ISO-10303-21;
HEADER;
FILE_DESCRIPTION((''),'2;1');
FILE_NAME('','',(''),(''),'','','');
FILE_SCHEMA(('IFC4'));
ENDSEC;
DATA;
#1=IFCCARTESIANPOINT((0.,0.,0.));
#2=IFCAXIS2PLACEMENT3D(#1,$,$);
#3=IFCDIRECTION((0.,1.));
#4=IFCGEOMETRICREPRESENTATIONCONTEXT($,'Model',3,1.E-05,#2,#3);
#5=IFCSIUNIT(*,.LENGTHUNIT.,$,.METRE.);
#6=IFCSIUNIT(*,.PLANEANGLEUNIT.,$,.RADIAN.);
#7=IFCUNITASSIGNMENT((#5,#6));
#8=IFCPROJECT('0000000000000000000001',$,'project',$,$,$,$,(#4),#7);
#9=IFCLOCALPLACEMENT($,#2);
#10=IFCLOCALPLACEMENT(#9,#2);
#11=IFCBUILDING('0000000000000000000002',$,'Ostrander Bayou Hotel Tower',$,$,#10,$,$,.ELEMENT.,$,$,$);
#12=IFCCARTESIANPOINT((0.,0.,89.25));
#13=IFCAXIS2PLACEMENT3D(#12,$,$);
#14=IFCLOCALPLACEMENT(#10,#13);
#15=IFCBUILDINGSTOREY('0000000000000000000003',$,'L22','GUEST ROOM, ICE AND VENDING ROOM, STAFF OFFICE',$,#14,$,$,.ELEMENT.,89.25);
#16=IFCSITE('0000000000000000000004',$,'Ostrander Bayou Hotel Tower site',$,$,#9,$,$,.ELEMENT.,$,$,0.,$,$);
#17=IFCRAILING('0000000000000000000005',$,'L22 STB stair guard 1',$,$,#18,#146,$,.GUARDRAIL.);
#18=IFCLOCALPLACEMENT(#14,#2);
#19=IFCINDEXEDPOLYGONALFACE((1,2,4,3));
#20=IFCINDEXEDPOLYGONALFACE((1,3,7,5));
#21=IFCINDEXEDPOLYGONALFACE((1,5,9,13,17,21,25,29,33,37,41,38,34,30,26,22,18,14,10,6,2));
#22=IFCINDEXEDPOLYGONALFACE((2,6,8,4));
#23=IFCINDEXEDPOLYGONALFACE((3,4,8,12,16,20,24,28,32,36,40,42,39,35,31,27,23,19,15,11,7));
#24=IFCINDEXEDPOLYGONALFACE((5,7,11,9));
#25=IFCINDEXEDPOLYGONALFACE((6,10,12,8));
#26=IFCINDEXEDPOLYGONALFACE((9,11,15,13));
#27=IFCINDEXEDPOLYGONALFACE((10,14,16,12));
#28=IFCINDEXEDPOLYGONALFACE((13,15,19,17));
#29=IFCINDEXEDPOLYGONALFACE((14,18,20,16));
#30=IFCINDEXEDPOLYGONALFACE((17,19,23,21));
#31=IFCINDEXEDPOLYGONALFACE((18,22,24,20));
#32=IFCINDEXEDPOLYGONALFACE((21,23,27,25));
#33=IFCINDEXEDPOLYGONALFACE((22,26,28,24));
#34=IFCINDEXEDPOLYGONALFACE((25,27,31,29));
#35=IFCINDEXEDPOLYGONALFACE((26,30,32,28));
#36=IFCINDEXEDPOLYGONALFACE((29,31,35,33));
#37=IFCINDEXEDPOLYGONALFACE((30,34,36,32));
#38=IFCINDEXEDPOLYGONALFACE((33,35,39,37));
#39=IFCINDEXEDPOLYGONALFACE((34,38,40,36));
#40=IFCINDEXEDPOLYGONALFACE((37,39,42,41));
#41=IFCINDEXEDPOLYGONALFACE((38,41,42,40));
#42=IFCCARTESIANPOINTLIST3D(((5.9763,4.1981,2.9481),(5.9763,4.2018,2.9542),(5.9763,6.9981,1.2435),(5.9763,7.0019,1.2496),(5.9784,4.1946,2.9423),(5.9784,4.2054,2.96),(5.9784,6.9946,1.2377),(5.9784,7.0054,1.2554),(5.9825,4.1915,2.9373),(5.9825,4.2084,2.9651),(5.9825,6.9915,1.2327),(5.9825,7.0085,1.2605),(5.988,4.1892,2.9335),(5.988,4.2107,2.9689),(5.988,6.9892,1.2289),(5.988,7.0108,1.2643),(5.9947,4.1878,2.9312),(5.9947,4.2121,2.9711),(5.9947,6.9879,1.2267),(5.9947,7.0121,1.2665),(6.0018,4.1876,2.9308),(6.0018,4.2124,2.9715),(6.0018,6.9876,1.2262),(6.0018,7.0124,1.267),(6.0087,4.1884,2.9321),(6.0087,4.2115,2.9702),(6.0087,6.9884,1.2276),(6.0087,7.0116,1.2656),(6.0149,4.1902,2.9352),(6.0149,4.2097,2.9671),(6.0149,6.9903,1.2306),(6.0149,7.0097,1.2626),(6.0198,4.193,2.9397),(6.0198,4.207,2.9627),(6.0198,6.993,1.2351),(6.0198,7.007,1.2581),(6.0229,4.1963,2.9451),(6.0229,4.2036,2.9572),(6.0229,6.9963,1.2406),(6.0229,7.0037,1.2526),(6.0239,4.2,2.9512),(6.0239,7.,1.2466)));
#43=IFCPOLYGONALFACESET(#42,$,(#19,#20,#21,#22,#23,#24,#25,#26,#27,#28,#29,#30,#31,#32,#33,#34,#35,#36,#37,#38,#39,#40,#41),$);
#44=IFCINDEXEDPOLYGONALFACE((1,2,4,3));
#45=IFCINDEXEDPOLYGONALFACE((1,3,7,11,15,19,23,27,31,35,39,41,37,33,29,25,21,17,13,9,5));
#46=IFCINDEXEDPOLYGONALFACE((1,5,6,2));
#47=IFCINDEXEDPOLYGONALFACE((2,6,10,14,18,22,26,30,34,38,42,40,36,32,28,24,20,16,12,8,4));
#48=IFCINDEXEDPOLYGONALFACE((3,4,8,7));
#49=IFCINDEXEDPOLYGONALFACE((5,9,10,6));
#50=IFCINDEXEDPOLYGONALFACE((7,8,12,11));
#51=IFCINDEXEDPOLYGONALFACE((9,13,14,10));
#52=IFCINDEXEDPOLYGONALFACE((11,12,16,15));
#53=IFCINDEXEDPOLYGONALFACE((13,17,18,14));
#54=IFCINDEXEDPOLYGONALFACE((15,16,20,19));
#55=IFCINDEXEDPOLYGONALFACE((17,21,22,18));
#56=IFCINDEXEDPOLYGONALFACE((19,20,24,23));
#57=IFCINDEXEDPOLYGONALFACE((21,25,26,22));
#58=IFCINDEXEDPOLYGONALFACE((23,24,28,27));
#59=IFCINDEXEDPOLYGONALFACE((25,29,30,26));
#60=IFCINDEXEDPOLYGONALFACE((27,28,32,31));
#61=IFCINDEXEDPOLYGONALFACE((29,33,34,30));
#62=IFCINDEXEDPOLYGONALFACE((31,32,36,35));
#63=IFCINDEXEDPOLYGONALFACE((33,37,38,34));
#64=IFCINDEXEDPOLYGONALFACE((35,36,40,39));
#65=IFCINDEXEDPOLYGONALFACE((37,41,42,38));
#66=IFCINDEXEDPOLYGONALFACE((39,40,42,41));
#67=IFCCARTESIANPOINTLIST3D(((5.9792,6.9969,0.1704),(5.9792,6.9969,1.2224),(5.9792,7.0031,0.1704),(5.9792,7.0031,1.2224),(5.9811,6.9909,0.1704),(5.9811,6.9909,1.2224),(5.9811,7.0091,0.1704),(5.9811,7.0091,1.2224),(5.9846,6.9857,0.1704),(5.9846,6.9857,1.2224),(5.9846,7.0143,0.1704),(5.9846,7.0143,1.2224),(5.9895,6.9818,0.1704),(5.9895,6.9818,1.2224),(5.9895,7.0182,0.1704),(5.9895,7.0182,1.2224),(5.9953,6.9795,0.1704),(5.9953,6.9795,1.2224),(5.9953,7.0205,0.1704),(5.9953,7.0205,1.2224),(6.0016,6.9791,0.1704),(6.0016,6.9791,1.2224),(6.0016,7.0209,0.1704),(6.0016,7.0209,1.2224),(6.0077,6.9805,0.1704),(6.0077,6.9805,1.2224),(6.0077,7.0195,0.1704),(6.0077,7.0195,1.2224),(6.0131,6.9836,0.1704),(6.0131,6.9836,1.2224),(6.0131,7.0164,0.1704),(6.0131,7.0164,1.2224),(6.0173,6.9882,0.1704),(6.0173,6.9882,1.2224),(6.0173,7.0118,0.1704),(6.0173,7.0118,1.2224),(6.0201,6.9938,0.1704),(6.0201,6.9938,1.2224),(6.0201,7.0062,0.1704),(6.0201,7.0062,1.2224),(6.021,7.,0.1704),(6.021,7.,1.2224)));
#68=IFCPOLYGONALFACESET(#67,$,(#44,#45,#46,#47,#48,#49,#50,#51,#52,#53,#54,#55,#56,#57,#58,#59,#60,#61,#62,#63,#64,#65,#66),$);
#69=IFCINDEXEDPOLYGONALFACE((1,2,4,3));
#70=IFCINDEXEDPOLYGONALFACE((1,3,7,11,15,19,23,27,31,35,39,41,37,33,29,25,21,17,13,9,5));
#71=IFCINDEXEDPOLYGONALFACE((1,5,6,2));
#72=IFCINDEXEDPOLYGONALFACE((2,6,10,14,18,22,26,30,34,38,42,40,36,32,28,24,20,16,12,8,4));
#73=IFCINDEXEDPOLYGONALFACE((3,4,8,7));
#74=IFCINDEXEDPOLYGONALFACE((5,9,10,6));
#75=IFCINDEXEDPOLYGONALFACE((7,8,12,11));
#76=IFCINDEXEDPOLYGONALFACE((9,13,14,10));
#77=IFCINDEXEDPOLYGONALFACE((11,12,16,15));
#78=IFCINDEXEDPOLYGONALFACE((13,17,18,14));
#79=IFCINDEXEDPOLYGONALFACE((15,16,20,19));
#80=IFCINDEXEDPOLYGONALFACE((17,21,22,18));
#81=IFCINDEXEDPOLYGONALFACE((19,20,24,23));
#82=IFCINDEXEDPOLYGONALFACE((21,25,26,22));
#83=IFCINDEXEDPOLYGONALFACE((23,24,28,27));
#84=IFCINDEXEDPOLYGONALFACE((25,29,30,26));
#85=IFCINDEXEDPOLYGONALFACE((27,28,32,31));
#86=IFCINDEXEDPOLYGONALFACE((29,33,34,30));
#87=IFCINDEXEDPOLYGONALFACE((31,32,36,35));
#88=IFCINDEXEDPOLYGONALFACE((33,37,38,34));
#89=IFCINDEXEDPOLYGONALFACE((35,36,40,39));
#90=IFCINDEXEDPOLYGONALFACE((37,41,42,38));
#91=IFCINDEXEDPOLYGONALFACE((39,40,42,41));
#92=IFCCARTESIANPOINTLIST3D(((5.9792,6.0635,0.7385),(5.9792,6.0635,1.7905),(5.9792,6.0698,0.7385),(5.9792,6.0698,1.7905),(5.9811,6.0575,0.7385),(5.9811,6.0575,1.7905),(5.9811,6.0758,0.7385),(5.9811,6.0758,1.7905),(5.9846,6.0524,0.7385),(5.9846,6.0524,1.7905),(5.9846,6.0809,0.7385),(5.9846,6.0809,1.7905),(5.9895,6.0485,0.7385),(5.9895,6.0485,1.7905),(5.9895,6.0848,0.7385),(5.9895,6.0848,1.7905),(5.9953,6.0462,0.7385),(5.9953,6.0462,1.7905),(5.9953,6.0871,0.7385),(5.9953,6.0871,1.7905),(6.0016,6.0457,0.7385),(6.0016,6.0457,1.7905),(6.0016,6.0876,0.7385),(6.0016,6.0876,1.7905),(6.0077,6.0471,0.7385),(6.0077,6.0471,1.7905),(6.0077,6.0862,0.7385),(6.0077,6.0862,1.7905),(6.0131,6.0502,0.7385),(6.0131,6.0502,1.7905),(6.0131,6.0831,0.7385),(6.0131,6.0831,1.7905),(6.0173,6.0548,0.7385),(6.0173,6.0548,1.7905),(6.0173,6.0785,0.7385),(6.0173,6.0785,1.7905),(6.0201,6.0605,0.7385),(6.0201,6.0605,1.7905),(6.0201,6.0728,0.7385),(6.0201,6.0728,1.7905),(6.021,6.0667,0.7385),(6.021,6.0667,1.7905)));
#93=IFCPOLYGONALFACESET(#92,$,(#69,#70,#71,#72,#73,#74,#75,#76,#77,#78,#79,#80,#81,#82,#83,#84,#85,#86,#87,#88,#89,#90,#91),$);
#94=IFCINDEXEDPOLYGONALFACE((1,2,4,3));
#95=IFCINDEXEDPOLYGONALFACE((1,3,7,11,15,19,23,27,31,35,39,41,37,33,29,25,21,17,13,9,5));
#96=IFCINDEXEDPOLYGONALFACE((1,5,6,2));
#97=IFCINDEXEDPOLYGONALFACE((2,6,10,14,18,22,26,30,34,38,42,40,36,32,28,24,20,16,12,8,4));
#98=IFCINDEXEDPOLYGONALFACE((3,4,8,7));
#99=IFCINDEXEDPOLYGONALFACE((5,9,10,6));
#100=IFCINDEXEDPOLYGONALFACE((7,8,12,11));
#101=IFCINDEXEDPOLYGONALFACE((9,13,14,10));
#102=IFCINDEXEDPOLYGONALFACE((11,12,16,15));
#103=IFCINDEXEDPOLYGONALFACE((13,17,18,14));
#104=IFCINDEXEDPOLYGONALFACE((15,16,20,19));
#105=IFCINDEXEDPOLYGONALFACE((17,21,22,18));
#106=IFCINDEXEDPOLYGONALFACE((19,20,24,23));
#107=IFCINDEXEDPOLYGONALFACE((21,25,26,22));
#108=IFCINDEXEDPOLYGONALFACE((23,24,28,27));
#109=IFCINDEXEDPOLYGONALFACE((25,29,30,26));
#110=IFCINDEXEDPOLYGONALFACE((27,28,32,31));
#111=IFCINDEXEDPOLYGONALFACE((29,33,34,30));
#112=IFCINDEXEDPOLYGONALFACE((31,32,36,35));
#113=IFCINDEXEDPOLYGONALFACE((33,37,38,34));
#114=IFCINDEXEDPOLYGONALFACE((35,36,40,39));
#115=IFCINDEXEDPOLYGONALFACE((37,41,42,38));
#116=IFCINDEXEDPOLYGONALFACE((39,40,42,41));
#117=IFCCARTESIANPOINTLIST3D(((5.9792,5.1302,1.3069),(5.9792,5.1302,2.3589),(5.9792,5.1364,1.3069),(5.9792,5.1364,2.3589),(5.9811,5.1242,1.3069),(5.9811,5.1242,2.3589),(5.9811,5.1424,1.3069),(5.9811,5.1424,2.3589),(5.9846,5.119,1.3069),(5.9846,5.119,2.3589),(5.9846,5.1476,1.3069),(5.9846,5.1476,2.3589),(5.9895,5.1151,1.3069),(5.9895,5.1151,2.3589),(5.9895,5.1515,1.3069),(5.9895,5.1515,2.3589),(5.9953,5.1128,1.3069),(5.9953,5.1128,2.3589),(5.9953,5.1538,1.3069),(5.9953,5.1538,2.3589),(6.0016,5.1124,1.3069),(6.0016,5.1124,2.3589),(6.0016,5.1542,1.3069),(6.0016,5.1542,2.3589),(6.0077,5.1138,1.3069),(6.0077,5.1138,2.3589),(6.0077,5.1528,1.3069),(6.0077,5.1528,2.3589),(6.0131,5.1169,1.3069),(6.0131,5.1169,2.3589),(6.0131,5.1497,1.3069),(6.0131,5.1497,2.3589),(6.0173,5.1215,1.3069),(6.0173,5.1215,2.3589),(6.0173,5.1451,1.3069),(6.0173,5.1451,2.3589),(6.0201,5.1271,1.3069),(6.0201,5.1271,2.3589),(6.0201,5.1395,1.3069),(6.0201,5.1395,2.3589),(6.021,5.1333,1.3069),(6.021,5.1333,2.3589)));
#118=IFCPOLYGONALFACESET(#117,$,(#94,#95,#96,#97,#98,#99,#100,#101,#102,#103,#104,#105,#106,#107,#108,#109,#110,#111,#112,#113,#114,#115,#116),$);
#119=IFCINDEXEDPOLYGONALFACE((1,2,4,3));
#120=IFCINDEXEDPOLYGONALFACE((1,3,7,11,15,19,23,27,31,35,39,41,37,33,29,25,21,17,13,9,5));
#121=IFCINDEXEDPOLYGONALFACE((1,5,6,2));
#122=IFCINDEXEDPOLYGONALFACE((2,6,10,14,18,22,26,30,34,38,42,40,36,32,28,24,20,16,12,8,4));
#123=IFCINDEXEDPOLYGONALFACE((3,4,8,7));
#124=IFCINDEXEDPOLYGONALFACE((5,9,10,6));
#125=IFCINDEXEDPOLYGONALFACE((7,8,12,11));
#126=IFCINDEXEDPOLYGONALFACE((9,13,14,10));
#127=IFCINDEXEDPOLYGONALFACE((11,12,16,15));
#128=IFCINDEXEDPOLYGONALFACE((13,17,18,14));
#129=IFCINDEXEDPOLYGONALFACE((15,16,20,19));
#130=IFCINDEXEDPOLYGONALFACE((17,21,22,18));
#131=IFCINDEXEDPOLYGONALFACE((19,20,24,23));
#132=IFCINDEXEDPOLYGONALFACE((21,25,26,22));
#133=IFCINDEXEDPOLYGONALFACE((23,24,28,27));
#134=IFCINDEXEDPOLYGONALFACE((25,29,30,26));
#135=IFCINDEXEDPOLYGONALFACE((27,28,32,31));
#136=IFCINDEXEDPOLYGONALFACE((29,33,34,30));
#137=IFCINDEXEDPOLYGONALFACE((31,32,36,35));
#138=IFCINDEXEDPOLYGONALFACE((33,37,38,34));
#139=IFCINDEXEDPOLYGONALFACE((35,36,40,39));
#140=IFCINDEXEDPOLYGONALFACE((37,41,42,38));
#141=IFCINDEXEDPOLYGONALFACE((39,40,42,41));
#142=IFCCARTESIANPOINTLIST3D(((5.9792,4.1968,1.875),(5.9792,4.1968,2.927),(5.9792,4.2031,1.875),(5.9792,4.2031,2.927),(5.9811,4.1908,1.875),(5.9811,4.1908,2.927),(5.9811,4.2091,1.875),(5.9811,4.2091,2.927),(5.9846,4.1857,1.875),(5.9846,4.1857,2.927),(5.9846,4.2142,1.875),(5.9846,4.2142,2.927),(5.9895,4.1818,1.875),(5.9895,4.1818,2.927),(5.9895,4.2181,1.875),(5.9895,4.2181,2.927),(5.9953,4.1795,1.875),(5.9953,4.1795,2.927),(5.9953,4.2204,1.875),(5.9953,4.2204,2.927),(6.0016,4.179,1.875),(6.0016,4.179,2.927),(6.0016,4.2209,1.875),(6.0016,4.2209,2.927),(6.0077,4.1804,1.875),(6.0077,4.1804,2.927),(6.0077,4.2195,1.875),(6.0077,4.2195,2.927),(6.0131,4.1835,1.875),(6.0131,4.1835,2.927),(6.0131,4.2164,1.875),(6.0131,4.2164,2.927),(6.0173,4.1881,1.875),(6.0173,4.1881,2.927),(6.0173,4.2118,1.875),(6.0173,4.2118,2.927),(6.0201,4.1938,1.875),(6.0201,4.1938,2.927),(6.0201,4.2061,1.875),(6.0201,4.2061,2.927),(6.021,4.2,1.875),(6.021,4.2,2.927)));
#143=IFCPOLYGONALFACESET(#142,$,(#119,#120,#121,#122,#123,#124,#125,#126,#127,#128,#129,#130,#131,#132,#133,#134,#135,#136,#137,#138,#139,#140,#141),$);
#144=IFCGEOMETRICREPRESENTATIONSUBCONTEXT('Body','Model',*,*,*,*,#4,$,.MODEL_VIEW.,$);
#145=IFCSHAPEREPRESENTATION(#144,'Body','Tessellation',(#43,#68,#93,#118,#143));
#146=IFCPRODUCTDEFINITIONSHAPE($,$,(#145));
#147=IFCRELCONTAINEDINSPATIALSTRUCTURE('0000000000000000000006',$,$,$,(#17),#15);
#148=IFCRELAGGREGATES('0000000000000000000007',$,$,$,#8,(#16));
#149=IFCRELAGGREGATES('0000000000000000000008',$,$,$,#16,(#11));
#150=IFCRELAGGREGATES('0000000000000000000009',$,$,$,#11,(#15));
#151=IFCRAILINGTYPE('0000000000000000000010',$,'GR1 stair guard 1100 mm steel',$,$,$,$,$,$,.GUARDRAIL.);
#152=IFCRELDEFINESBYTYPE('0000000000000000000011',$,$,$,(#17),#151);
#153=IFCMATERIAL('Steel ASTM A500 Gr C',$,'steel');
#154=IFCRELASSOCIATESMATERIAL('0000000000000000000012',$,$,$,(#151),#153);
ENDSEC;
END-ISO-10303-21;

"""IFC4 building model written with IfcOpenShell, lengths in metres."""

from ifc_helpers import new_model, si_unit, direction, frame, origin, origin_2d, place, context, subcontext, project, spatial, circle, extrude, material, type_object, element, save


model = new_model("IFC4")

# Units and contexts
model_context = context("Model", 3, precision=1e-05, world=origin(), true_north=direction((0.0, 1.0)))
body_context = subcontext(model_context, "Body", "Model", "MODEL_VIEW")
ifc_project = project(units=[si_unit("LENGTHUNIT", "METRE"), si_unit("PLANEANGLEUNIT", "RADIAN")], contexts=[model_context])

# Site, building, storey
site_placement = place(None, origin())
site = spatial("IfcSite", under=ifc_project, at=site_placement, Name="Ostrander Bayou Hotel Tower site", CompositionType="ELEMENT", RefElevation=0.0)
building_placement = place(site_placement, origin())
building = spatial("IfcBuilding", under=site, at=building_placement, Name="Ostrander Bayou Hotel Tower", CompositionType="ELEMENT")
storey_placement = place(building_placement, frame((0.0, 0.0, 89.25)))
storey = spatial("IfcBuildingStorey", under=building, at=storey_placement, Name="L22", Description="GUEST ROOM, ICE AND VENDING ROOM, STAFF OFFICE", CompositionType="ELEMENT", Elevation=89.25)

# Railing
ifc_material_1 = material(Name="Steel ASTM A500 Gr C", Category="steel")
railing_type_1 = type_object("IfcRailingType", Name="GR1 stair guard 1100 mm steel", PredefinedType="GUARDRAIL", material=ifc_material_1)
railing_1_placement = place(storey_placement, frame((6.0, 7.0, 0.1704)))
element("IfcRailing", 1, at=railing_1_placement, inside=storey, type_object=railing_type_1, Name="L22 STB stair guard 1", PredefinedType="GUARDRAIL", context=body_context, shape_type="SweptSolid", body=[
    extrude(circle(Radius=0.0239, at=origin_2d()), frame((0.0, 0.0, 1.0762), z_axis=(0.0, -0.85417, 0.519994), x_axis=(1.0, 0.0, 0.0)), (0.0, 0.0, 1.0), 3.2781),
    extrude(circle(Radius=0.021, at=origin_2d()), origin(), (0.0, 0.0, 1.0), 1.052),
    extrude(circle(Radius=0.021, at=origin_2d()), frame((0.0, -0.9333, 0.5681)), (0.0, 0.0, 1.0), 1.052),
    extrude(circle(Radius=0.021, at=origin_2d()), frame((0.0, -1.8667, 1.1365)), (0.0, 0.0, 1.0), 1.052),
    extrude(circle(Radius=0.021, at=origin_2d()), frame((0.0, -2.8, 1.7046)), (0.0, 0.0, 1.0), 1.052),
])

save(model, "model.ifc")
